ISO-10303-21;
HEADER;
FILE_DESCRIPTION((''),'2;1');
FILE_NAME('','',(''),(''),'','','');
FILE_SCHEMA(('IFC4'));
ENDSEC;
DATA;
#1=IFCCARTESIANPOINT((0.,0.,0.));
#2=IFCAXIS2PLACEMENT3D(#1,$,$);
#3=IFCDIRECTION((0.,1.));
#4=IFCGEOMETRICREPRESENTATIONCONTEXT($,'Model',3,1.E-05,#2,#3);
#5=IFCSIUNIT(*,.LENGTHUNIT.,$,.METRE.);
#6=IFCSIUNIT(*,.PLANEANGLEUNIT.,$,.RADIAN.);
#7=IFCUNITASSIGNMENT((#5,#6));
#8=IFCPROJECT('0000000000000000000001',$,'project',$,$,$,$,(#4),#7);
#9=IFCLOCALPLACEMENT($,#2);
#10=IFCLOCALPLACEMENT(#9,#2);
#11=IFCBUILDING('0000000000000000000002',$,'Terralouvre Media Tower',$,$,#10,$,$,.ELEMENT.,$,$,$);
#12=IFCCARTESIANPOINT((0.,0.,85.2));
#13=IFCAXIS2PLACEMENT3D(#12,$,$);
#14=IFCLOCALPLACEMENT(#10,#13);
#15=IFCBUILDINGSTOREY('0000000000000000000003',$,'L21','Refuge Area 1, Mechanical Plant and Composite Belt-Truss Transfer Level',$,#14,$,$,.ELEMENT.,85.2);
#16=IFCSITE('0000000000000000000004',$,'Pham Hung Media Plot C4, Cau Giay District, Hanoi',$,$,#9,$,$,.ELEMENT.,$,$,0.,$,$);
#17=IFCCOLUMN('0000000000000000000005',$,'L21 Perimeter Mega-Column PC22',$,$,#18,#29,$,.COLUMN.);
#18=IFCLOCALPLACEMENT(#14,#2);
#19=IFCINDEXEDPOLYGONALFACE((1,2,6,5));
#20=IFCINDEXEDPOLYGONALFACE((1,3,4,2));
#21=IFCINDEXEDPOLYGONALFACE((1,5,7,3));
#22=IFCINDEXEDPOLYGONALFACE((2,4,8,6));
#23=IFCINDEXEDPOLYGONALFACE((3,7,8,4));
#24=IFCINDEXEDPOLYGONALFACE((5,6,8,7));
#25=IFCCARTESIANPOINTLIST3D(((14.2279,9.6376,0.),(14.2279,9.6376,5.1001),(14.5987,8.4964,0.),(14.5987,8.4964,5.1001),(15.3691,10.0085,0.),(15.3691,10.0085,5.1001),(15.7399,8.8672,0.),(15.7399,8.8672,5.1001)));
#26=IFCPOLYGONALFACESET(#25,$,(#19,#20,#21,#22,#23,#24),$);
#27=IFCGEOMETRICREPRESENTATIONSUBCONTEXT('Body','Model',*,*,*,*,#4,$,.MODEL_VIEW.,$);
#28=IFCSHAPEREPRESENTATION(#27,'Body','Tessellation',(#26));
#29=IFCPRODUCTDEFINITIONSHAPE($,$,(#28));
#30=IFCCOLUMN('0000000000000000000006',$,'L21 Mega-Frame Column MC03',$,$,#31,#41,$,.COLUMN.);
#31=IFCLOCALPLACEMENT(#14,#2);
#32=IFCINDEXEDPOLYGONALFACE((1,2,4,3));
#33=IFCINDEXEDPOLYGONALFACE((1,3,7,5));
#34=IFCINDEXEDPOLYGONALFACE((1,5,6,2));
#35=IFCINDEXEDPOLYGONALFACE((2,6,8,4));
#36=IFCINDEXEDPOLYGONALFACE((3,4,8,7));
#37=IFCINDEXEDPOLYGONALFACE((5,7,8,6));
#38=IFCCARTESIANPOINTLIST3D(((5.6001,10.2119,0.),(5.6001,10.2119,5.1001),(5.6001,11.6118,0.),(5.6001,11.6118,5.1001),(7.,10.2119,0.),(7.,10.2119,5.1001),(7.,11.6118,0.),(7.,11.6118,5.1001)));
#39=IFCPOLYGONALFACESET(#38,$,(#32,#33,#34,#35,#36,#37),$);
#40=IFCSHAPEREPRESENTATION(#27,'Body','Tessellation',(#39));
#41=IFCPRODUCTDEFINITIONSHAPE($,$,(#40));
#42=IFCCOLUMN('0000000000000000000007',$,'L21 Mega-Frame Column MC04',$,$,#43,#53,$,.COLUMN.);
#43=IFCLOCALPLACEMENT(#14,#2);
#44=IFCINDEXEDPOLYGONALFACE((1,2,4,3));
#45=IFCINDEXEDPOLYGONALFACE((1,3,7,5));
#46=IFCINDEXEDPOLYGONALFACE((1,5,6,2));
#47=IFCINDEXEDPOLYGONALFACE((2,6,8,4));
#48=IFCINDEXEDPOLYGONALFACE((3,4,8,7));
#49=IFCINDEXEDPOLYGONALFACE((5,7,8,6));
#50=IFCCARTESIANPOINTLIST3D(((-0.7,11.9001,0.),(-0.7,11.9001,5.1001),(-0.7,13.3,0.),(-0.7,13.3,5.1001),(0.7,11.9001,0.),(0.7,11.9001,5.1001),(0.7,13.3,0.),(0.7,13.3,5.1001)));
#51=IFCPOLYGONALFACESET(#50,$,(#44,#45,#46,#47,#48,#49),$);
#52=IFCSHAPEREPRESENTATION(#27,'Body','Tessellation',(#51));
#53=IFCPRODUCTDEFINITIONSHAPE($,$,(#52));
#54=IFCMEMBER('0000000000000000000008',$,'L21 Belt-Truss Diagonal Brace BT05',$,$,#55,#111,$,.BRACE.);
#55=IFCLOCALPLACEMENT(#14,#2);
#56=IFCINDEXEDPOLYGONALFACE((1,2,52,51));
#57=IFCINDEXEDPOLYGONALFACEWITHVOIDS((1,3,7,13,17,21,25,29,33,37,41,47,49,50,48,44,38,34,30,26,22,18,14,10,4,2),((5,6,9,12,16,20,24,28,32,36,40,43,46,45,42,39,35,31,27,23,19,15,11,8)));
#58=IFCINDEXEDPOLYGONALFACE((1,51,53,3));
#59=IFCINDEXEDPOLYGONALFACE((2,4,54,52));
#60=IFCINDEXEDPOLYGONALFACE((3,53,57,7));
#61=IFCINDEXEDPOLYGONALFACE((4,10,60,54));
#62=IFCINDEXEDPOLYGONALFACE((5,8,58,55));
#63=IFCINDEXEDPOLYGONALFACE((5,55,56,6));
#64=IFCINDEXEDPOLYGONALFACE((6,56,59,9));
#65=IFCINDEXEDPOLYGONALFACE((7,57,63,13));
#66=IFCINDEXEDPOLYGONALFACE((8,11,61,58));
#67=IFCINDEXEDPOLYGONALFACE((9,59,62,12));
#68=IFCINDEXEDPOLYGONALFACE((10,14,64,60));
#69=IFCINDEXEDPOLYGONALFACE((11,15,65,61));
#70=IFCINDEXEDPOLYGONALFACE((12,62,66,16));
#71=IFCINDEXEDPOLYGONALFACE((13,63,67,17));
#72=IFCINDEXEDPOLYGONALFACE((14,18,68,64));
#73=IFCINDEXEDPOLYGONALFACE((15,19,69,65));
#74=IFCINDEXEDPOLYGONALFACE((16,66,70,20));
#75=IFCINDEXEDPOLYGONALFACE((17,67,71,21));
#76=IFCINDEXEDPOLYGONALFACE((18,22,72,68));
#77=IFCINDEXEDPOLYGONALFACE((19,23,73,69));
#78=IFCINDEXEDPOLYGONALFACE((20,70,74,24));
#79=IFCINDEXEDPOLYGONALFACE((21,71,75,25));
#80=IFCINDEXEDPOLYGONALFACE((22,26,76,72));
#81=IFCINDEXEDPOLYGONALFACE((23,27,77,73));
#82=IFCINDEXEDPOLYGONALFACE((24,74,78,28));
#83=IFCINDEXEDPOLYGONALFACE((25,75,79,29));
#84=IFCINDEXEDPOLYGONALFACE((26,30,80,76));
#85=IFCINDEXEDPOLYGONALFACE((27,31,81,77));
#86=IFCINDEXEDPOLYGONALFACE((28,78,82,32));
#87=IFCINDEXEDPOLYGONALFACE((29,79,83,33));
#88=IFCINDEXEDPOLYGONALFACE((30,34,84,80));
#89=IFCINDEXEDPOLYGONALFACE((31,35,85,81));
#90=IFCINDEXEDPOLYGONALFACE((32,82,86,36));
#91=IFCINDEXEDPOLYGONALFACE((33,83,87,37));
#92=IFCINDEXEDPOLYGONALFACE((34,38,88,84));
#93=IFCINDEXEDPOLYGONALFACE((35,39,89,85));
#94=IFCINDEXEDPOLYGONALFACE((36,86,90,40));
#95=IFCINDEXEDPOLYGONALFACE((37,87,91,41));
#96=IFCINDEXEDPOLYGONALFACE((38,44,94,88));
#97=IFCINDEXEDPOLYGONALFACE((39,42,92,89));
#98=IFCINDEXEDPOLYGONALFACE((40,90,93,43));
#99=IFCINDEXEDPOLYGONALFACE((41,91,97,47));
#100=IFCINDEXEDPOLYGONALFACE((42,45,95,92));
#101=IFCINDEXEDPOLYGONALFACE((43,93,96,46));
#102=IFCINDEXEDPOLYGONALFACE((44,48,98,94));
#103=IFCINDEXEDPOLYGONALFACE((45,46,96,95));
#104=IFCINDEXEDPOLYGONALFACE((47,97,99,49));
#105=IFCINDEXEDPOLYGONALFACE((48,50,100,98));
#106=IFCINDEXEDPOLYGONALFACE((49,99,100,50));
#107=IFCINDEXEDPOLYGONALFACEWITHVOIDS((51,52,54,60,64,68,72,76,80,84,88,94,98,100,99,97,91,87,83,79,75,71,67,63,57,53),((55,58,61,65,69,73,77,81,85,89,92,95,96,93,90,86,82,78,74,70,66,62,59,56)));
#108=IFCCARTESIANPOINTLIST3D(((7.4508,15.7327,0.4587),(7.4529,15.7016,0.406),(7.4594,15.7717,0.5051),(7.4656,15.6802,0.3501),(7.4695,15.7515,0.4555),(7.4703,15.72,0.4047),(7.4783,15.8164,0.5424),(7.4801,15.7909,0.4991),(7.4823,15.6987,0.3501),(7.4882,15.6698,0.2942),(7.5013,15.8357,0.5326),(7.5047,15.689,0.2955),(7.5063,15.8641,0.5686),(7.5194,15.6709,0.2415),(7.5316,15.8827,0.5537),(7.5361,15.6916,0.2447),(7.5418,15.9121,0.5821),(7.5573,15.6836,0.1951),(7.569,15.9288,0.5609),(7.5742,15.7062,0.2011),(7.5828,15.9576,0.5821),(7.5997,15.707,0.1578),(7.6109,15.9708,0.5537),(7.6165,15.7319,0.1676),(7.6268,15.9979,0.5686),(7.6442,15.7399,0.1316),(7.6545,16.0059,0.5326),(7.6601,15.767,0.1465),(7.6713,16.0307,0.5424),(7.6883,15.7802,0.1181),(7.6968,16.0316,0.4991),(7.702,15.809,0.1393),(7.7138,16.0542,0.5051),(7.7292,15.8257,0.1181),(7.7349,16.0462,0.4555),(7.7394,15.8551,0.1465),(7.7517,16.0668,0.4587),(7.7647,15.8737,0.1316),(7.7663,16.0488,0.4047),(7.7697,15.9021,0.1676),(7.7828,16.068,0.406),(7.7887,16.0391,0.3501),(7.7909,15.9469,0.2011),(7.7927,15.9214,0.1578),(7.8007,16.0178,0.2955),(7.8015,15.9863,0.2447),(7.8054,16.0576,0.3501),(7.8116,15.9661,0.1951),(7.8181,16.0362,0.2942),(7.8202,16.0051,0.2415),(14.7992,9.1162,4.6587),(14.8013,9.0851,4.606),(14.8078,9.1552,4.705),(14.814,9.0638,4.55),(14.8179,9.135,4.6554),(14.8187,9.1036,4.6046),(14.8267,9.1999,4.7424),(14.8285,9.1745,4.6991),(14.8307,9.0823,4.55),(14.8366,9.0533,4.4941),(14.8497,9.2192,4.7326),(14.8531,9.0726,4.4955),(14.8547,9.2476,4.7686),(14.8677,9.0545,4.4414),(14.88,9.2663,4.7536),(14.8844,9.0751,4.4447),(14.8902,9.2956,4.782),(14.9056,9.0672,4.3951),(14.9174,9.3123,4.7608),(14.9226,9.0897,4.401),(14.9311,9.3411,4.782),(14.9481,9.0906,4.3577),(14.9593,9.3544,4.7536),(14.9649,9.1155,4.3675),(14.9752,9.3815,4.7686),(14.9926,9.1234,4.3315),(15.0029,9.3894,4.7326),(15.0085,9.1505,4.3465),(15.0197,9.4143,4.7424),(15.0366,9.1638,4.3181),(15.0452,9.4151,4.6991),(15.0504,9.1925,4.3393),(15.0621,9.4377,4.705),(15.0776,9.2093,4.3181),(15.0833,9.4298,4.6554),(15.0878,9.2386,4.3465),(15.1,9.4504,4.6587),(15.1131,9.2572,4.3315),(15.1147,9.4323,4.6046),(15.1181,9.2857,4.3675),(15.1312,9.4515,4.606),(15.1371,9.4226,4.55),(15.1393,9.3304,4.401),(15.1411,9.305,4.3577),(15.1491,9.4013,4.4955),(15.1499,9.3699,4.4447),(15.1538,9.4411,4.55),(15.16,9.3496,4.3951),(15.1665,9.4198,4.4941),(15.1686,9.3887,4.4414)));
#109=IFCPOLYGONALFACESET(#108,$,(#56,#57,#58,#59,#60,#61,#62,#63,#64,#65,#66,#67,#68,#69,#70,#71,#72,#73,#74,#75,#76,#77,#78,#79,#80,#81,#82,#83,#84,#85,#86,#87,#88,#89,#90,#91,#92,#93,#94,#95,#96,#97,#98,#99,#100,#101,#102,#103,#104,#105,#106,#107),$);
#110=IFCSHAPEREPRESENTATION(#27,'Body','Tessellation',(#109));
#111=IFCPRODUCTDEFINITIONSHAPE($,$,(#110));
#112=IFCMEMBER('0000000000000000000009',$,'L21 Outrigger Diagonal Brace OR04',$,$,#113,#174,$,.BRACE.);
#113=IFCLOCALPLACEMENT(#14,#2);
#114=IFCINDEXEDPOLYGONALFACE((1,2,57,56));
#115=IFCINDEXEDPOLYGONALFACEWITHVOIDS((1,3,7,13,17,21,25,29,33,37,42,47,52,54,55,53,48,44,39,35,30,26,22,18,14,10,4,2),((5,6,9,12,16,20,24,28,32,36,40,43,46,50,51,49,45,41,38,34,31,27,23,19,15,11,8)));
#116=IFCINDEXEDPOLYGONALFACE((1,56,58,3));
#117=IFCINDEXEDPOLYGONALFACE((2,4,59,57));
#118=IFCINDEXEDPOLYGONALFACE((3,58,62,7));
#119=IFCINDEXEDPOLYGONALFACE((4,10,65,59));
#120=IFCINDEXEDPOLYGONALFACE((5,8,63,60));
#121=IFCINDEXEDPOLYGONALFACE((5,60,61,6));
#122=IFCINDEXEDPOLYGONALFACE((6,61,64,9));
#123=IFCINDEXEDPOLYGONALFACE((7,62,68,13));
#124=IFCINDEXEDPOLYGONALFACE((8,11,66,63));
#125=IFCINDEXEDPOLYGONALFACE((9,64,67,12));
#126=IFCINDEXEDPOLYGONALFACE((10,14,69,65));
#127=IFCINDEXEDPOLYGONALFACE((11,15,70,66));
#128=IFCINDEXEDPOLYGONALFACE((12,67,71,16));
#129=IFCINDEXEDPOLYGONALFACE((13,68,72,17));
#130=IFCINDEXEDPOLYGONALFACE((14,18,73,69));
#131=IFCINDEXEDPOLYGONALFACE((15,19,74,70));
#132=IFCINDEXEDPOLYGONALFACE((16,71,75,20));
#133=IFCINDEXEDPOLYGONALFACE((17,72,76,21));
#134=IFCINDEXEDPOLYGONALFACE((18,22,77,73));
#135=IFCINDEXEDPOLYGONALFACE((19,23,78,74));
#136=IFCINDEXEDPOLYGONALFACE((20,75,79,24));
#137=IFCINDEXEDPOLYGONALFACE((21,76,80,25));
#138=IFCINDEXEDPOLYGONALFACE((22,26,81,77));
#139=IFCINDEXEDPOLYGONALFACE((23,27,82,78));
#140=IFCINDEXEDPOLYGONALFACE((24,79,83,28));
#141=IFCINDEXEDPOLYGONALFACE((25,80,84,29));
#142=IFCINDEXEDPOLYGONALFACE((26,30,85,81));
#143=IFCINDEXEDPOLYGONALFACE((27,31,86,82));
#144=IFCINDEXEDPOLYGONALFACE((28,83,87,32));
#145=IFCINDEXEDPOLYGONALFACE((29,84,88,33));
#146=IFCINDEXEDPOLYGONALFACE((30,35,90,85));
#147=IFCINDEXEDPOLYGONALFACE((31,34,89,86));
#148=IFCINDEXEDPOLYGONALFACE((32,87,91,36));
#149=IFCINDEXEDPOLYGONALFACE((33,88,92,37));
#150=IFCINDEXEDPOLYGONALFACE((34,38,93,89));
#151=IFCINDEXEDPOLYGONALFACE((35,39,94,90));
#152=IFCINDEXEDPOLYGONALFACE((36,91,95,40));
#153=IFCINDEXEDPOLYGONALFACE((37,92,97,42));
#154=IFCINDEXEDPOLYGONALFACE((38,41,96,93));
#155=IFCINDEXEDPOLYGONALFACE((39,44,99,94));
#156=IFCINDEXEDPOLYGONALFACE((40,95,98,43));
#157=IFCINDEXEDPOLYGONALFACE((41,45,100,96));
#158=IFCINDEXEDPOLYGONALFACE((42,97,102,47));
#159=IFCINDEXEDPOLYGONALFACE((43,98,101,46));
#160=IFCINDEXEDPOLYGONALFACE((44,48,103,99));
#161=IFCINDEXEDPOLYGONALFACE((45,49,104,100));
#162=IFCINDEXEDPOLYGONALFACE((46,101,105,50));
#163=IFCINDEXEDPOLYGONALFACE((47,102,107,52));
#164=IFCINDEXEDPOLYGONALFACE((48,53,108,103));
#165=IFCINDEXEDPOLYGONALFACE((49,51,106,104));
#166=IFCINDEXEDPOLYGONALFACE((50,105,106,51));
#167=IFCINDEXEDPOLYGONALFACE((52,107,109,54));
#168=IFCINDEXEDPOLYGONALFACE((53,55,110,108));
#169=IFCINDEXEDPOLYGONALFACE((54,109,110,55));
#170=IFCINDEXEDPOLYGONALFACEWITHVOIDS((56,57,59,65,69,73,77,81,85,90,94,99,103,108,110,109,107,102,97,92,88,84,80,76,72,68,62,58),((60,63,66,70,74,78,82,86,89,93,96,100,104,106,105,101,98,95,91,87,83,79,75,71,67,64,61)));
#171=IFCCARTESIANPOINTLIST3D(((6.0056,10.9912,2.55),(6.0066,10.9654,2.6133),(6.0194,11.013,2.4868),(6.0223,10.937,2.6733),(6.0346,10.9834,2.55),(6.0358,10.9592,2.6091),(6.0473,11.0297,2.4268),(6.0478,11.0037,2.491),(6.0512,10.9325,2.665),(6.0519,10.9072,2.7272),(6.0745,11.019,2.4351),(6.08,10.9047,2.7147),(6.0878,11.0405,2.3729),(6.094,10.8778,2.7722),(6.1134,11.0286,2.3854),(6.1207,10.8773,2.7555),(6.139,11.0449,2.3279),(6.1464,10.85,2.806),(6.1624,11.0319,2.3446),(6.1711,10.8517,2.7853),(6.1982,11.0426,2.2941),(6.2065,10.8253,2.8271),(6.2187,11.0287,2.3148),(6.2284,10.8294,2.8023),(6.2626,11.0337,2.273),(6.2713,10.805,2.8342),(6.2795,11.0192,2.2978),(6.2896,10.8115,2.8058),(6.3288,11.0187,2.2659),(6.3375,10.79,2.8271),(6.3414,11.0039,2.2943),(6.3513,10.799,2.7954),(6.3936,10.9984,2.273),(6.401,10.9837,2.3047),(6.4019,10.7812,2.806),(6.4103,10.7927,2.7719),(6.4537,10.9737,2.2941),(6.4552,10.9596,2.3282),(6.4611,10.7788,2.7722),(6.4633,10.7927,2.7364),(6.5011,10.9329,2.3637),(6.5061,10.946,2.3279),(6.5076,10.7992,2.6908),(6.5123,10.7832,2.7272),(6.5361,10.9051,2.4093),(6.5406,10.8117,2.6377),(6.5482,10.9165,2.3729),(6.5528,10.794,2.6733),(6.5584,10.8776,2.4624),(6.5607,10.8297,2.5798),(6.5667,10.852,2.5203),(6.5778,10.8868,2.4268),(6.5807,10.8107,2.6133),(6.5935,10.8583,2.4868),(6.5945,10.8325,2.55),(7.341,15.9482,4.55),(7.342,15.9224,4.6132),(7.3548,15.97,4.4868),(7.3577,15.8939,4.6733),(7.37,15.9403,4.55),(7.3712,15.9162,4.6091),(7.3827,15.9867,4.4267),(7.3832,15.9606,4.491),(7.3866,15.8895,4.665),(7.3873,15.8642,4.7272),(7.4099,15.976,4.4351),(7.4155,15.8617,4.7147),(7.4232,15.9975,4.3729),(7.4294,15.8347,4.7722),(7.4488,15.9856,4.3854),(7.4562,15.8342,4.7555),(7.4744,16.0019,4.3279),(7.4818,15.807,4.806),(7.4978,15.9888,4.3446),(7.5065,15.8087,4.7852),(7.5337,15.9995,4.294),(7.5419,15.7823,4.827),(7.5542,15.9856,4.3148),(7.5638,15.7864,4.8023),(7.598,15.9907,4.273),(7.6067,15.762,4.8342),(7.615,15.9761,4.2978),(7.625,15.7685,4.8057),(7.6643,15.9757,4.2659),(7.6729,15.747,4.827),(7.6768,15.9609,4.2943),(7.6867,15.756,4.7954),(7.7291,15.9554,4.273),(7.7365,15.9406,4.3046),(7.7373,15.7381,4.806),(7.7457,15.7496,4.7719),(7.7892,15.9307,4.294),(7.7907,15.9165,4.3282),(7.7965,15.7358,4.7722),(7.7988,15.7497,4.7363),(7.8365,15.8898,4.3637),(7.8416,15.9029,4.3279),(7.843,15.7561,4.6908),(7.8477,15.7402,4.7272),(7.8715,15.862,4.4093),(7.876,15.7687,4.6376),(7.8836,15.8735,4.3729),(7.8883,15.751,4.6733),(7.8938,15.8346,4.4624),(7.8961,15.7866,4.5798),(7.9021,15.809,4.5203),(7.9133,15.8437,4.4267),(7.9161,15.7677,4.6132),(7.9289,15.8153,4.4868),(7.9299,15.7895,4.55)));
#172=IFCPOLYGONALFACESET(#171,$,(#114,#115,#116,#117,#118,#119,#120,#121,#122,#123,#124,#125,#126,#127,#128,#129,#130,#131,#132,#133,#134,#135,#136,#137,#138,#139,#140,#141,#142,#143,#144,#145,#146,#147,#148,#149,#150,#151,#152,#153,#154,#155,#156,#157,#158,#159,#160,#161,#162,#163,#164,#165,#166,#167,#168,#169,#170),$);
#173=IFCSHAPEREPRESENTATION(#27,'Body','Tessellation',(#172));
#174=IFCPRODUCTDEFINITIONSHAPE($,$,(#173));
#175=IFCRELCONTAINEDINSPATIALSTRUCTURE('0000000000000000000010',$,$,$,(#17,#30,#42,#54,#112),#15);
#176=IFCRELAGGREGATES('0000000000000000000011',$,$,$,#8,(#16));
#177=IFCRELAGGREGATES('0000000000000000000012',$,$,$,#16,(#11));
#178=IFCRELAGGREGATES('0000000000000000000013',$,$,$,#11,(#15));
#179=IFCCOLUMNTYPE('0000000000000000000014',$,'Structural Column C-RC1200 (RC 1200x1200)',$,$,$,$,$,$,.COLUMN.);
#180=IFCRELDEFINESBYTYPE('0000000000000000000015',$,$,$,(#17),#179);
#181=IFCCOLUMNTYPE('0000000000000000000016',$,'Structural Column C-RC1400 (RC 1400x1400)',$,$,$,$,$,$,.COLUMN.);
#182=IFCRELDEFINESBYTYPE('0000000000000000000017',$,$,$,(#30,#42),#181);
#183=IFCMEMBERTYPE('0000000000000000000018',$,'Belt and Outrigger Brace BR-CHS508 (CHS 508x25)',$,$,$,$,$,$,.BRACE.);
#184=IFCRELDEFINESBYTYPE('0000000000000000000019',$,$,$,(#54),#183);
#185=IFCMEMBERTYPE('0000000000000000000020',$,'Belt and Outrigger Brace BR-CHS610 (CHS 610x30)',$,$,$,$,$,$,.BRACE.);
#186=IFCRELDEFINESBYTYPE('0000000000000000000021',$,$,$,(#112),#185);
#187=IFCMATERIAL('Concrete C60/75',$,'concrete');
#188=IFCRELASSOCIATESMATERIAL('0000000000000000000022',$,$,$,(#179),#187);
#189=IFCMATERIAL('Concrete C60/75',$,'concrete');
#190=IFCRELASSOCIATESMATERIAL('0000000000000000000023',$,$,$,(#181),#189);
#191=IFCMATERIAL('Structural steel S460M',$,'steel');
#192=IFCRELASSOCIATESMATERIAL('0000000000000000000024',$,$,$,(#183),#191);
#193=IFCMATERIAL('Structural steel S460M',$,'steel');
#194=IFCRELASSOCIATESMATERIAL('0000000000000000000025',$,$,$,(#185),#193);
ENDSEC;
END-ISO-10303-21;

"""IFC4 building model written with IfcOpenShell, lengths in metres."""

from ifc_helpers import new_model, si_unit, direction, frame, origin, origin_2d, place, context, subcontext, project, spatial, rectangle, hollow_circle, extrude, material, material_profile, profile_set, type_object, element, save


model = new_model("IFC4")

# Units and contexts
model_context = context("Model", 3, precision=1e-05, world=origin(), true_north=direction((0.0, 1.0)))
body_context = subcontext(model_context, "Body", "Model", "MODEL_VIEW")
ifc_project = project(units=[si_unit("LENGTHUNIT", "METRE"), si_unit("PLANEANGLEUNIT", "RADIAN")], contexts=[model_context])

# Site, building, storey
site_placement = place(None, origin())
site = spatial("IfcSite", under=ifc_project, at=site_placement, Name="Pham Hung Media Plot C4, Cau Giay District, Hanoi", CompositionType="ELEMENT", RefElevation=0.0)
building_placement = place(site_placement, origin())
building = spatial("IfcBuilding", under=site, at=building_placement, Name="Terralouvre Media Tower", CompositionType="ELEMENT")
storey_placement = place(building_placement, frame((0.0, 0.0, 85.2)))
storey = spatial("IfcBuildingStorey", under=building, at=storey_placement, Name="L21", Description="Refuge Area 1, Mechanical Plant and Composite Belt-Truss Transfer Level", CompositionType="ELEMENT", Elevation=85.2)

# Columns
ifc_material_1 = material(Name="Concrete C60/75", Category="concrete")
ifc_material_profile_1 = material_profile(ifc_material_1, rectangle(XDim=1.2, YDim=1.2, at=origin_2d()), Name="RC 1200x1200")
ifc_profile_set_1 = profile_set([ifc_material_profile_1], Name="Concrete C60/75")
column_type_1 = type_object("IfcColumnType", Name="Structural Column C-RC1200 (RC 1200x1200)", PredefinedType="COLUMN", material=ifc_profile_set_1)
column_placement = place(storey_placement, frame((14.9839, 9.2524, 0.0), z_axis=(0.0, 0.0, 1.0), x_axis=(0.951057, 0.309017, 0.0)))
element("IfcColumn", 1, at=column_placement, inside=storey, type_object=column_type_1, Name="L21 Perimeter Mega-Column PC22", PredefinedType="COLUMN", context=body_context, shape_type="SweptSolid", body=[
    extrude(rectangle(XDim=1.2, YDim=1.2, at=origin_2d()), origin(), (0.0, 0.0, 1.0), 5.1001),
])
ifc_material_2 = material(Name="Concrete C60/75", Category="concrete")
ifc_material_profile_2 = material_profile(ifc_material_2, rectangle(XDim=1.3999, YDim=1.3999, at=origin_2d()), Name="RC 1400x1400")
ifc_profile_set_2 = profile_set([ifc_material_profile_2], Name="Concrete C60/75")
column_type_2 = type_object("IfcColumnType", Name="Structural Column C-RC1400 (RC 1400x1400)", PredefinedType="COLUMN", material=ifc_profile_set_2)
for number, where, z_axis, x_axis, name in (
    (2, (6.3, 10.9119, 0.0), (0.0, 0.0, 1.0), (1.0, 0.0, 0.0), "L21 Mega-Frame Column MC03"),
    (3, (0.0, 12.6001, 0.0), (0.0, 0.0, 1.0), (1.0, 0.0, 0.0), "L21 Mega-Frame Column MC04"),
):
    element("IfcColumn", number, at=place(storey_placement, frame(where, z_axis=z_axis, x_axis=x_axis)), inside=storey, type_object=column_type_2, Name=name, PredefinedType="COLUMN", context=body_context, shape_type="SweptSolid", body=[
        extrude(rectangle(XDim=1.3999, YDim=1.3999, at=origin_2d()), origin(), (0.0, 0.0, 1.0), 5.1001),
    ])

# Members
ifc_material_3 = material(Name="Structural steel S460M", Category="steel")
ifc_material_profile_3 = material_profile(ifc_material_3, hollow_circle(Radius=0.2539, WallThickness=0.0249, at=origin_2d()), Name="CHS 508x25")
ifc_profile_set_3 = profile_set([ifc_material_profile_3], Name="Structural steel S460M")
member_type_1 = type_object("IfcMemberType", Name="Belt and Outrigger Brace BR-CHS508 (CHS 508x25)", PredefinedType="BRACE", material=ifc_profile_set_3)
member_1_placement = place(storey_placement, frame((14.9839, 9.2524, 4.55), z_axis=(-0.684005, 0.615875, -0.390941), x_axis=(-0.669127, -0.743148, 0.0)))
element("IfcMember", 4, at=member_1_placement, inside=storey, type_object=member_type_1, Name="L21 Belt-Truss Diagonal Brace BT05", PredefinedType="BRACE", context=body_context, shape_type="SweptSolid", body=[
    extrude(hollow_circle(Radius=0.2539, WallThickness=0.0249, at=origin_2d()), origin(), (0.0, 0.0, 1.0), 10.7432),
])
ifc_material_4 = material(Name="Structural steel S460M", Category="steel")
ifc_material_profile_4 = material_profile(ifc_material_4, hollow_circle(Radius=0.3049, WallThickness=0.03, at=origin_2d()), Name="CHS 610x30")
ifc_profile_set_4 = profile_set([ifc_material_profile_4], Name="Structural steel S460M")
member_type_2 = type_object("IfcMemberType", Name="Belt and Outrigger Brace BR-CHS610 (CHS 610x30)", PredefinedType="BRACE", material=ifc_profile_set_4)
member_2_placement = place(storey_placement, frame((6.3, 10.9119, 2.55), z_axis=(0.242386, 0.89971, 0.363003), x_axis=(-0.965574, 0.26013, 0.0)))
element("IfcMember", 5, at=member_2_placement, inside=storey, type_object=member_type_2, Name="L21 Outrigger Diagonal Brace OR04", PredefinedType="BRACE", context=body_context, shape_type="SweptSolid", body=[
    extrude(hollow_circle(Radius=0.3049, WallThickness=0.03, at=origin_2d()), origin(), (0.0, 0.0, 1.0), 5.5095),
])

save(model, "model.ifc")
